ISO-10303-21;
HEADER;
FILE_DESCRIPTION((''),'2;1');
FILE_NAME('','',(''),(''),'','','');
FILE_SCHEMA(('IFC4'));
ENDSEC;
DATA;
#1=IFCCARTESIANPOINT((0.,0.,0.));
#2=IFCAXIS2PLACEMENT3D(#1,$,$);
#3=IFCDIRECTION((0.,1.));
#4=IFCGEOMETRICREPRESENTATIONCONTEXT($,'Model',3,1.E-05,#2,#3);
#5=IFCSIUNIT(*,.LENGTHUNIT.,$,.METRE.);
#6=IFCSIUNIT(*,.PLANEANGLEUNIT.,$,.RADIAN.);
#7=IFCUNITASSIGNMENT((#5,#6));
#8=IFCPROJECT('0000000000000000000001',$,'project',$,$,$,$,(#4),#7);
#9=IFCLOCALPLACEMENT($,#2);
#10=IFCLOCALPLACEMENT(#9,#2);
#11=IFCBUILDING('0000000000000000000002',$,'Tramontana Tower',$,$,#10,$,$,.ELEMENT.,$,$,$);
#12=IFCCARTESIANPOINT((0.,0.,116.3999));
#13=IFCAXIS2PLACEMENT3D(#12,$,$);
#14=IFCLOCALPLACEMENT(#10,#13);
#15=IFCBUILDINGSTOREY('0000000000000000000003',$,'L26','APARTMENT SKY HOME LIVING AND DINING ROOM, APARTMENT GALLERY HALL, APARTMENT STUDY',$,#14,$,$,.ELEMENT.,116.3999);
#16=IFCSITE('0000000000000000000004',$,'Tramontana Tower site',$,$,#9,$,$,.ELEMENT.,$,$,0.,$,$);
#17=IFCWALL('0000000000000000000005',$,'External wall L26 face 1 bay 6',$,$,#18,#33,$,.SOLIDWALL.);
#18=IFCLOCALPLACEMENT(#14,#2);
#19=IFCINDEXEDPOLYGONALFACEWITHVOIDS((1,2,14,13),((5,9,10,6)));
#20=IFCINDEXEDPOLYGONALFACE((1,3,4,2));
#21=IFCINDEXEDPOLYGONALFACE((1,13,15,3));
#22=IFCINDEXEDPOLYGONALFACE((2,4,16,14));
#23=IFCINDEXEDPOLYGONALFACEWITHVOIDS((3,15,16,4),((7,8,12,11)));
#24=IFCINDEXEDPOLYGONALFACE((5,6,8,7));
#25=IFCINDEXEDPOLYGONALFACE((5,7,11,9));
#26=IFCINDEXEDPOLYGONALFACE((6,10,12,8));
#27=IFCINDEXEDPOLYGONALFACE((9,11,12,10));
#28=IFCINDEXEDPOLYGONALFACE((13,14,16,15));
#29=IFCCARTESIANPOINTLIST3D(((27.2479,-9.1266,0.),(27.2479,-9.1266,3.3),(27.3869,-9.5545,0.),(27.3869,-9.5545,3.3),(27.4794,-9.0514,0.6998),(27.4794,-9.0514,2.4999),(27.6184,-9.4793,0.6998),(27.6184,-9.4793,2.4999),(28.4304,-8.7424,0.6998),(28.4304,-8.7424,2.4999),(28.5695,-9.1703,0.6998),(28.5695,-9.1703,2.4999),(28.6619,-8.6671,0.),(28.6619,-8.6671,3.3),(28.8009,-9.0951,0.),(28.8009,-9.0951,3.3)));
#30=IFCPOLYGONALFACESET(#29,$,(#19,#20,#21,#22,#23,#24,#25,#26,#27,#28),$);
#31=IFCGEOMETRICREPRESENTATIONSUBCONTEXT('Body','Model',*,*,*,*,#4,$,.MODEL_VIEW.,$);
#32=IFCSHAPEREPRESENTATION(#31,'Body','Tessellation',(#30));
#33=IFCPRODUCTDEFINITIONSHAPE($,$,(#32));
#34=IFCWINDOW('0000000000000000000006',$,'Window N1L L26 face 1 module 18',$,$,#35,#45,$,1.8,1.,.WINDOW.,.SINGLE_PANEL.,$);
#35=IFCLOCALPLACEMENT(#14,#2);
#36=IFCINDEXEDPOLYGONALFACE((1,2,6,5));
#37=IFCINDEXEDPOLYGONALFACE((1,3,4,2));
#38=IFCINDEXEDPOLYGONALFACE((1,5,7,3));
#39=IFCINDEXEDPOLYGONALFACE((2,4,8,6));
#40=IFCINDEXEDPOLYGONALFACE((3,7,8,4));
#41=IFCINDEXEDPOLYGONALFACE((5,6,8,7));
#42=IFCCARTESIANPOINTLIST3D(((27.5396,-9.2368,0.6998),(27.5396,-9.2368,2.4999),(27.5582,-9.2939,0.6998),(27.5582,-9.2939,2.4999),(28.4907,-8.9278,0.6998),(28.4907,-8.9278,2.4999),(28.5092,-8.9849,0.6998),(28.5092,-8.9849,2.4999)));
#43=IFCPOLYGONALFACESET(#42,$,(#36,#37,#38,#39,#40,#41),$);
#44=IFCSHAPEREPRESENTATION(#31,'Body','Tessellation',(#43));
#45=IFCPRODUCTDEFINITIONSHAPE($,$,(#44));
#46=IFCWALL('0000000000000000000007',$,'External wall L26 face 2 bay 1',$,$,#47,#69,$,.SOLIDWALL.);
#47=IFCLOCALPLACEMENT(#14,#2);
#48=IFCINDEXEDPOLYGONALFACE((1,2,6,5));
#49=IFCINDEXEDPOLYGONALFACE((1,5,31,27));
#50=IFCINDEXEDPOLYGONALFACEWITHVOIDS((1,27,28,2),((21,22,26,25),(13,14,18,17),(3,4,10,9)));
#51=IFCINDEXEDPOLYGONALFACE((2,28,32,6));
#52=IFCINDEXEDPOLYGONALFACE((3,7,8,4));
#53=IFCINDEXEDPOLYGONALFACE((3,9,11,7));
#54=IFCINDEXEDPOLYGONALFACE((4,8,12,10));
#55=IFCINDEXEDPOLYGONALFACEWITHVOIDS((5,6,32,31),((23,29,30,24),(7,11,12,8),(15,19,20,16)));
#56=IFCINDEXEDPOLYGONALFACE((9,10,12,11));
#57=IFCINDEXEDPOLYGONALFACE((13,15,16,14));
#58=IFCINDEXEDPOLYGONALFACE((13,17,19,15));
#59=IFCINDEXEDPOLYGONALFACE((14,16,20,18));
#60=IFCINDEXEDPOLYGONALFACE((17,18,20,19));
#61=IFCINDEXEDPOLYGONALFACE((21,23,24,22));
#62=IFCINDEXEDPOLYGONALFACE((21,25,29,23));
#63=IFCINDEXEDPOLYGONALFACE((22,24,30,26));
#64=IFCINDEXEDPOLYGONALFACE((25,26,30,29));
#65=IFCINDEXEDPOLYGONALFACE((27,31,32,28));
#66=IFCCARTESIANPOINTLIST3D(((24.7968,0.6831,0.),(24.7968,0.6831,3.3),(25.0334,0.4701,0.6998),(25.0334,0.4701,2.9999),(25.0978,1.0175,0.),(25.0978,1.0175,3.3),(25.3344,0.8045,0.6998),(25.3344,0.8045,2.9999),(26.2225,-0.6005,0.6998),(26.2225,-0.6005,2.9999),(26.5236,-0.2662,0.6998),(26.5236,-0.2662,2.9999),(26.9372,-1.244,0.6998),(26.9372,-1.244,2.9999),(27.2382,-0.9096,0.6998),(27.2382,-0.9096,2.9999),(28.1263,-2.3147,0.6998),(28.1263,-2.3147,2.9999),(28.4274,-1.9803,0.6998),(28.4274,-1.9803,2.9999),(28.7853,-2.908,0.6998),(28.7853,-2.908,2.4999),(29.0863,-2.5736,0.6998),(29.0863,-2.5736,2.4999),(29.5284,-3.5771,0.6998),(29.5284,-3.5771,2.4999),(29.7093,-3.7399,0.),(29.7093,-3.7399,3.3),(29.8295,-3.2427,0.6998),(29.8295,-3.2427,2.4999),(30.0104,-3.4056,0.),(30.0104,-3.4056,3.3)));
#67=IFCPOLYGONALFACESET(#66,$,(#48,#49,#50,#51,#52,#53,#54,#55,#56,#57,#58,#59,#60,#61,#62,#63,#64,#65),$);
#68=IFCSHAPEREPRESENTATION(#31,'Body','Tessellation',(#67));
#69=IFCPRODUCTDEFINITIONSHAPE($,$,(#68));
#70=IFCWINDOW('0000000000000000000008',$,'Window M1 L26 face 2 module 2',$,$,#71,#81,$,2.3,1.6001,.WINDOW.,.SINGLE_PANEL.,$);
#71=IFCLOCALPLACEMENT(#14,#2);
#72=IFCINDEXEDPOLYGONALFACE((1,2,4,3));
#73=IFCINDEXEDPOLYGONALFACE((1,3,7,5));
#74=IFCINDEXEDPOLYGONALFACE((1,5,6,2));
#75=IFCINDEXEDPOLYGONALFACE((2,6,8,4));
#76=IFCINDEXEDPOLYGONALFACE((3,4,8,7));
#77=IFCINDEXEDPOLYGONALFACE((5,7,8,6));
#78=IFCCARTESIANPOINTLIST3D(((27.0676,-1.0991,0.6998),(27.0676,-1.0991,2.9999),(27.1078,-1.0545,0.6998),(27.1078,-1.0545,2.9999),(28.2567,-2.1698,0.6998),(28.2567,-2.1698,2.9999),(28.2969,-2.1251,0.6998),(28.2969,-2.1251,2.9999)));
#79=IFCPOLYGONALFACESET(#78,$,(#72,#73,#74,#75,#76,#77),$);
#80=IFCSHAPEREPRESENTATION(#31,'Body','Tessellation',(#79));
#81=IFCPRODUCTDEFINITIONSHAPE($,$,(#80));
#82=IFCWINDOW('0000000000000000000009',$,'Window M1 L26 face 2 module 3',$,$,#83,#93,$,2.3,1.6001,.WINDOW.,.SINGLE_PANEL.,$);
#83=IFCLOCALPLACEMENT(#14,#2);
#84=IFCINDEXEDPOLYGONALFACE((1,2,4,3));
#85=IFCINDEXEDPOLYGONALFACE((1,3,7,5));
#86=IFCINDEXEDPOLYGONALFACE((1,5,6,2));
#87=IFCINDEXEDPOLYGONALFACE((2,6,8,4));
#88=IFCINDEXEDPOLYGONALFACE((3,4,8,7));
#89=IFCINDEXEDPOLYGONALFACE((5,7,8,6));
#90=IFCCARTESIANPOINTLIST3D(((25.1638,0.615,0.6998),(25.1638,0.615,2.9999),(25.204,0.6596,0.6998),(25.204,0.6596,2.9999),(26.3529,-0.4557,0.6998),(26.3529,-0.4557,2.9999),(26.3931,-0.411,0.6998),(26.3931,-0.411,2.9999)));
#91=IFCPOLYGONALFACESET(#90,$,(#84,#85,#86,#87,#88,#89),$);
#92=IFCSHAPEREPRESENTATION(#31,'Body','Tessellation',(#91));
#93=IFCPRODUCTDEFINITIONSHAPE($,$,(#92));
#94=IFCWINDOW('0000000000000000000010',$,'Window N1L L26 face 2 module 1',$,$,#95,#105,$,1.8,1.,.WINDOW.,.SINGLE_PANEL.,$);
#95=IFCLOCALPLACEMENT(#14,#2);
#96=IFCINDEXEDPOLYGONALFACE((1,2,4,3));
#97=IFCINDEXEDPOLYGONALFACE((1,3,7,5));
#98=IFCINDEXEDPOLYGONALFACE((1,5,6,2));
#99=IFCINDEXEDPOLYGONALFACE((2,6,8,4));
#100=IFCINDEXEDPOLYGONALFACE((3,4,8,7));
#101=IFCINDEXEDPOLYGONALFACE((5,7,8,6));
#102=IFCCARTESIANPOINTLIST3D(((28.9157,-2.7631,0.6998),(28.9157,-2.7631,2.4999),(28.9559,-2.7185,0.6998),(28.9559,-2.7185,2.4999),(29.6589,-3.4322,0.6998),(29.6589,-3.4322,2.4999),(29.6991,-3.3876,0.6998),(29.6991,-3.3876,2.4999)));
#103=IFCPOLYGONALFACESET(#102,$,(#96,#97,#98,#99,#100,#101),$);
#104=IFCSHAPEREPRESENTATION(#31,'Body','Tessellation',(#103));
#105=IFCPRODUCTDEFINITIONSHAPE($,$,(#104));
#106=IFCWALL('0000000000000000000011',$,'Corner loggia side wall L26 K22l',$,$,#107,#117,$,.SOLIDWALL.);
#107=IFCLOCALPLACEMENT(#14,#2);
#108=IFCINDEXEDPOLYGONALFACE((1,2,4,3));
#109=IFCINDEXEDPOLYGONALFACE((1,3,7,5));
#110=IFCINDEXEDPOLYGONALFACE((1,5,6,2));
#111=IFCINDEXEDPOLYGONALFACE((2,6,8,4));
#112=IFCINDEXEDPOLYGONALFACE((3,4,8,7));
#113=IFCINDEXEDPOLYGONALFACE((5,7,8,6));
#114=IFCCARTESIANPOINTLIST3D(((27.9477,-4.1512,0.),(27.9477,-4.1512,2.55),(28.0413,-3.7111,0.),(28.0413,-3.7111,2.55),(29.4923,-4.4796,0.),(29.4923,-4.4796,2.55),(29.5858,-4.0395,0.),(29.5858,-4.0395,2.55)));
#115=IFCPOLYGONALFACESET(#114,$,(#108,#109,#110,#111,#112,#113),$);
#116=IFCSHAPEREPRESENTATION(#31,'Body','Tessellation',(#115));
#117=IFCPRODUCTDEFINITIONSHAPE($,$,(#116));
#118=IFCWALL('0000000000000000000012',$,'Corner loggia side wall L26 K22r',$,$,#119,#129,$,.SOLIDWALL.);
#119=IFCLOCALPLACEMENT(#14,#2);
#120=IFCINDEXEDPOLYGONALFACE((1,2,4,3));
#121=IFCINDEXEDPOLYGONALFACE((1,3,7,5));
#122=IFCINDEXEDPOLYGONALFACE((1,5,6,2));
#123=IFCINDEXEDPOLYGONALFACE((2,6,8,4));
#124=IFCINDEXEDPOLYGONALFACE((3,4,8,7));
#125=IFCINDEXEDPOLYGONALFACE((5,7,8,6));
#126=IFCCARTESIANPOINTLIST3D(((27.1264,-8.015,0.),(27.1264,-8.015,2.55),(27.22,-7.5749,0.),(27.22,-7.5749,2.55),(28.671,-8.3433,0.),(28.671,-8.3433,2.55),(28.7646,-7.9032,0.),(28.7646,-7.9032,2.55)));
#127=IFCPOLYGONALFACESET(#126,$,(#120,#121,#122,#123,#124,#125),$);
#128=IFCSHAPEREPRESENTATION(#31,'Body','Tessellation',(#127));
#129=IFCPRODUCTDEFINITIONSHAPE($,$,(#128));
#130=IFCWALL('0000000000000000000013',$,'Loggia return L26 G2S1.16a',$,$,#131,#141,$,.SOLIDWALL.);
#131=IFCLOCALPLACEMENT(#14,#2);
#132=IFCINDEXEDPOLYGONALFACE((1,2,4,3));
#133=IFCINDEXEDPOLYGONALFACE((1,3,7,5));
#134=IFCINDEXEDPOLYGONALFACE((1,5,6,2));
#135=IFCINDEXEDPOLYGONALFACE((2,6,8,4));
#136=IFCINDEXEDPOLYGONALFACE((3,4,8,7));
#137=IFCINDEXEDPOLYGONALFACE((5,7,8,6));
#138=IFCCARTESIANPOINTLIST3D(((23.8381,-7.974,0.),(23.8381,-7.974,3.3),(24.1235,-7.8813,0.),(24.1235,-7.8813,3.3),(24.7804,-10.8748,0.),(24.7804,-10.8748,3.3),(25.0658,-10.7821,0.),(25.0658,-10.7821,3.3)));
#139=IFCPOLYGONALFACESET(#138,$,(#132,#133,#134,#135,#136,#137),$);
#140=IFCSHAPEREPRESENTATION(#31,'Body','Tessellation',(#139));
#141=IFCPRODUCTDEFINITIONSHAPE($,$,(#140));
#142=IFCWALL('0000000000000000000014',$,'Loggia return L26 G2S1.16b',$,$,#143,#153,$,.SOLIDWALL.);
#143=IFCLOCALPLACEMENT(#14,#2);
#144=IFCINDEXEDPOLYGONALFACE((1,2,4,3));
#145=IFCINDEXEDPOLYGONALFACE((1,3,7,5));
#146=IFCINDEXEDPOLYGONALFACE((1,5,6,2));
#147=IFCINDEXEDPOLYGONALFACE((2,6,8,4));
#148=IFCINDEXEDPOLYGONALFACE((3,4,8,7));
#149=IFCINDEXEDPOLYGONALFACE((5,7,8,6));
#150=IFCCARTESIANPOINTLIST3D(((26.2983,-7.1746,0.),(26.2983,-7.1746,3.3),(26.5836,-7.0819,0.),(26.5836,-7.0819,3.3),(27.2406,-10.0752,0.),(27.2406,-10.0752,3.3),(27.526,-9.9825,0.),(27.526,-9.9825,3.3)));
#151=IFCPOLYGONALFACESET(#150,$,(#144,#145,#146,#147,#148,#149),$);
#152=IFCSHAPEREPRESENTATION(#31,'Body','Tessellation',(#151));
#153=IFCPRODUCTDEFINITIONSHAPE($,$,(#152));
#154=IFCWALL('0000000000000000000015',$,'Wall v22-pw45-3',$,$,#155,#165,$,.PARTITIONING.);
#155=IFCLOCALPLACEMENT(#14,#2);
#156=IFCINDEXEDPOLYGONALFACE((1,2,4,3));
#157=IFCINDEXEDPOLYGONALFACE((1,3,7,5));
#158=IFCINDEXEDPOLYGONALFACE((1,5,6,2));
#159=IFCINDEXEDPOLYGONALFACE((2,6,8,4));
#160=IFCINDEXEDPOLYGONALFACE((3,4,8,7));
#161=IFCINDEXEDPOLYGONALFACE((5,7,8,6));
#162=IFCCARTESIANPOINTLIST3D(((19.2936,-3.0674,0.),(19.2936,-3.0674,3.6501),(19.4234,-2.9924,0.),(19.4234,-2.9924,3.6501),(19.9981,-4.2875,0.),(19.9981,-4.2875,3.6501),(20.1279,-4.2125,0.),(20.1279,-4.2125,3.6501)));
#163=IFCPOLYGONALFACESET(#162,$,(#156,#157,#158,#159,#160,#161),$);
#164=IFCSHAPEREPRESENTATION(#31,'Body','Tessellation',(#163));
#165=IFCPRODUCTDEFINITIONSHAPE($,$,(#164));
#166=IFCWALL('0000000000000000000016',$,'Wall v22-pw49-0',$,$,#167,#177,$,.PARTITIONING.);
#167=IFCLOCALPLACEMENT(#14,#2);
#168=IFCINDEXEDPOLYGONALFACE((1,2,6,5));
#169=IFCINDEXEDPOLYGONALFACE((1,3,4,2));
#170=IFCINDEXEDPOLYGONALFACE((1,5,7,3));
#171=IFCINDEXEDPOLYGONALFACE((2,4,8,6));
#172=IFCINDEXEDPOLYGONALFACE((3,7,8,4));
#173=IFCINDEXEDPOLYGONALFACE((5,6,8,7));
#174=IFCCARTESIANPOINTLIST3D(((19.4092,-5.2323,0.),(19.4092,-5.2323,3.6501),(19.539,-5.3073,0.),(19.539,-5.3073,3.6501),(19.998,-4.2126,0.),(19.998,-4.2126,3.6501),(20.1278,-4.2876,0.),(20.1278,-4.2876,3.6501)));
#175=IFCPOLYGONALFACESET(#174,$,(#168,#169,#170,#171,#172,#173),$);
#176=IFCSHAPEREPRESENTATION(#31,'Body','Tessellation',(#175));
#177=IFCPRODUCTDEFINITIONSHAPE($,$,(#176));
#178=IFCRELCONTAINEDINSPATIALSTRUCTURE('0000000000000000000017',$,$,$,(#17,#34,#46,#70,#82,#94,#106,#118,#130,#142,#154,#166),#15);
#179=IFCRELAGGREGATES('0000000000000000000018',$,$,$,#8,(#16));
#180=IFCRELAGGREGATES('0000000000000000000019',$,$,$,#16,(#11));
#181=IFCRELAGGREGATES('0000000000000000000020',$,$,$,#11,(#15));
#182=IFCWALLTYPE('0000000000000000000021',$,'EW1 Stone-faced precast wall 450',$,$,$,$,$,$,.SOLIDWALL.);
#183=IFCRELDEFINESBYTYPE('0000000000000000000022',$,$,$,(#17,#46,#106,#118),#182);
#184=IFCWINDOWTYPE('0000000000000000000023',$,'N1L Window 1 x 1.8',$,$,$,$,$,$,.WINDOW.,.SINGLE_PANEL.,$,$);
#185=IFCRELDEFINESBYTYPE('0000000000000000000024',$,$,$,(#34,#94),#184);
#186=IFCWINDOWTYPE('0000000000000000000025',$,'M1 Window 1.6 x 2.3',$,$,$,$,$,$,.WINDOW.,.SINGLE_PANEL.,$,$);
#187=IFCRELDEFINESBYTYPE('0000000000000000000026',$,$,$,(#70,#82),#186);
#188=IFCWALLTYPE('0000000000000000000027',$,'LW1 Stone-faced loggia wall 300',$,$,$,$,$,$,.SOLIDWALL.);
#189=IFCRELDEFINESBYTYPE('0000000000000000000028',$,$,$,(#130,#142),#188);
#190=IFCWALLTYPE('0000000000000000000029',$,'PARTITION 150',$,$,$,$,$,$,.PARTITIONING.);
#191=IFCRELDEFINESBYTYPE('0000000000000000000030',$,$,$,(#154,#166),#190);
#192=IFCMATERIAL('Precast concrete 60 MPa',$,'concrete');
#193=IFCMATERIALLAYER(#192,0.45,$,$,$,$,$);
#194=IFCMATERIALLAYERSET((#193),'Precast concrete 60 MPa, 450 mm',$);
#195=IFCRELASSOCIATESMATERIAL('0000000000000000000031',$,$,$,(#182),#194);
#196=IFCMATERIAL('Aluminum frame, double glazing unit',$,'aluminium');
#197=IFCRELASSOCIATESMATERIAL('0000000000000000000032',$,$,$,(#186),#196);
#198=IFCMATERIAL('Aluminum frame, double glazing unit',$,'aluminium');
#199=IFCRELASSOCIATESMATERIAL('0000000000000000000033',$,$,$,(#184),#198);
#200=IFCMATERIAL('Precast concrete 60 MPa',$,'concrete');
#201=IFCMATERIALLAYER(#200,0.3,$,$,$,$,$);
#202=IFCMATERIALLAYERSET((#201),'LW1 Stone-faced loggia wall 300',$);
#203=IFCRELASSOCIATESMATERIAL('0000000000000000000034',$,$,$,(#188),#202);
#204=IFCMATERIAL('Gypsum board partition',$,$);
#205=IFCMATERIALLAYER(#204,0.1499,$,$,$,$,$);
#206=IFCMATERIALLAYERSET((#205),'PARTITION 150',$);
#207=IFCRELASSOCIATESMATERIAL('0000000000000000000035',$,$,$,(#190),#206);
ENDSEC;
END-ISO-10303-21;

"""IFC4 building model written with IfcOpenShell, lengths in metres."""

from ifc_helpers import new_model, si_unit, direction, frame, frame_2d, origin, place, context, subcontext, project, spatial, rectangle, extrude, material, layer, layer_set, type_object, element, fill, save


model = new_model("IFC4")

# Units and contexts
model_context = context("Model", 3, precision=1e-05, world=origin(), true_north=direction((0.0, 1.0)))
body_context = subcontext(model_context, "Body", "Model", "MODEL_VIEW")
ifc_project = project(units=[si_unit("LENGTHUNIT", "METRE"), si_unit("PLANEANGLEUNIT", "RADIAN")], contexts=[model_context])

# Site, building, storey
site_placement = place(None, origin())
site = spatial("IfcSite", under=ifc_project, at=site_placement, Name="Tramontana Tower site", CompositionType="ELEMENT", RefElevation=0.0)
building_placement = place(site_placement, origin())
building = spatial("IfcBuilding", under=site, at=building_placement, Name="Tramontana Tower", CompositionType="ELEMENT")
storey_placement = place(building_placement, frame((0.0, 0.0, 116.3999)))
storey = spatial("IfcBuildingStorey", under=building, at=storey_placement, Name="L26", Description="APARTMENT SKY HOME LIVING AND DINING ROOM, APARTMENT GALLERY HALL, APARTMENT STUDY", CompositionType="ELEMENT", Elevation=116.3999)

# Wall, opening, window
ifc_material_1 = material(Name="Precast concrete 60 MPa", Category="concrete")
ifc_layer_1 = layer(ifc_material_1, 0.45)
ifc_layer_set_1 = layer_set([ifc_layer_1], Name="Precast concrete 60 MPa, 450 mm")
wall_type_1 = type_object("IfcWallType", Name="EW1 Stone-faced precast wall 450", PredefinedType="SOLIDWALL", material=ifc_layer_set_1)
ifc_material_2 = material(Name="Aluminum frame, double glazing unit", Category="aluminium")
window_type_1 = type_object("IfcWindowType", Name="M1 Window 1.6 x 2.3", PartitioningType="SINGLE_PANEL", PredefinedType="WINDOW", material=ifc_material_2)
wall_1_placement = place(storey_placement, frame((27.3174, -9.3406, 0.0), z_axis=(0.0, 0.0, 1.0), x_axis=(0.951053, 0.309027, 0.0)))
wall_1 = element("IfcWall", 1, at=wall_1_placement, inside=storey, type_object=wall_type_1, Name="External wall L26 face 1 bay 6", PredefinedType="SOLIDWALL", context=body_context, shape_type="SweptSolid", body=[
    extrude(rectangle(XDim=1.4868, YDim=0.45, at=frame_2d((0.7434, 0.0))), origin(), (0.0, 0.0, 1.0), 3.3),
])
opening_1_placement = place(wall_1_placement, frame((0.2434, 0.0, 0.7)))
opening_1 = element("IfcOpeningElement", 2, at=opening_1_placement, cuts=wall_1, PredefinedType="OPENING", context=body_context, shape_type="SweptSolid", body=[
    extrude(rectangle(XDim=1.0, YDim=1.8, at=frame_2d((0.5, 0.8999))), frame((0.0, 0.2349, 0.0), z_axis=(0.0, -1.0, 0.0), x_axis=(1.0, 0.0, 0.0)), (0.0, 0.0, 1.0), 0.47),
])
ifc_material_3 = material(Name="Aluminum frame, double glazing unit", Category="aluminium")
window_type_2 = type_object("IfcWindowType", Name="N1L Window 1 x 1.8", PartitioningType="SINGLE_PANEL", PredefinedType="WINDOW", material=ifc_material_3)
window_1_placement = place(opening_1_placement, origin())
window_1 = element("IfcWindow", 3, at=window_1_placement, inside=storey, type_object=window_type_2, Name="Window N1L L26 face 1 module 18", OverallHeight=1.8, OverallWidth=1.0, PartitioningType="SINGLE_PANEL", PredefinedType="WINDOW", context=body_context, shape_type="SweptSolid", body=[
    extrude(rectangle(XDim=1.0, YDim=1.8, at=frame_2d((0.5, 0.8999))), frame((0.0, 0.03, 0.0), z_axis=(0.0, -1.0, 0.0), x_axis=(1.0, 0.0, 0.0)), (0.0, 0.0, 1.0), 0.0601),
])
fill(opening_1, window_1)

# Wall, openings, windows
wall_2_placement = place(storey_placement, frame((29.8599, -3.5728, 0.0), z_axis=(0.0, 0.0, 1.0), x_axis=(-0.743162, 0.669112, 0.0)))
wall_2 = element("IfcWall", 4, at=wall_2_placement, inside=storey, type_object=wall_type_1, Name="External wall L26 face 2 bay 1", PredefinedType="SOLIDWALL", context=body_context, shape_type="SweptSolid", body=[
    extrude(rectangle(XDim=6.6104, YDim=0.45, at=frame_2d((3.3052, 0.0))), origin(), (0.0, 0.0, 1.0), 3.3),
])
opening_2_placement = place(wall_2_placement, frame((0.2434, 0.0, 0.7)))
opening_2 = element("IfcOpeningElement", 5, at=opening_2_placement, cuts=wall_2, PredefinedType="OPENING", context=body_context, shape_type="SweptSolid", body=[
    extrude(rectangle(XDim=1.0, YDim=1.8, at=frame_2d((0.5, 0.8999))), frame((0.0, 0.2349, 0.0), z_axis=(0.0, -1.0, 0.0), x_axis=(1.0, 0.0, 0.0)), (0.0, 0.0, 1.0), 0.47),
])
opening_3_placement = place(wall_2_placement, frame((2.1301, 0.0, 0.7)))
opening_3 = element("IfcOpeningElement", 6, at=opening_3_placement, cuts=wall_2, PredefinedType="OPENING", context=body_context, shape_type="SweptSolid", body=[
    extrude(rectangle(XDim=1.6001, YDim=2.3, at=frame_2d((0.8, 1.1499))), frame((0.0, 0.2349, 0.0), z_axis=(0.0, -1.0, 0.0), x_axis=(1.0, 0.0, 0.0)), (0.0, 0.0, 1.0), 0.47),
])
opening_4_placement = place(wall_2_placement, frame((4.6919, 0.0, 0.7)))
opening_4 = element("IfcOpeningElement", 7, at=opening_4_placement, cuts=wall_2, PredefinedType="OPENING", context=body_context, shape_type="SweptSolid", body=[
    extrude(rectangle(XDim=1.6001, YDim=2.3, at=frame_2d((0.8, 1.1499))), frame((0.0, 0.2349, 0.0), z_axis=(0.0, -1.0, 0.0), x_axis=(1.0, 0.0, 0.0)), (0.0, 0.0, 1.0), 0.47),
])
window_2_placement = place(opening_3_placement, origin())
window_2 = element("IfcWindow", 8, at=window_2_placement, inside=storey, type_object=window_type_1, Name="Window M1 L26 face 2 module 2", OverallHeight=2.3, OverallWidth=1.6001, PartitioningType="SINGLE_PANEL", PredefinedType="WINDOW", context=body_context, shape_type="SweptSolid", body=[
    extrude(rectangle(XDim=1.6001, YDim=2.3, at=frame_2d((0.8, 1.1499))), frame((0.0, 0.03, 0.0), z_axis=(0.0, -1.0, 0.0), x_axis=(1.0, 0.0, 0.0)), (0.0, 0.0, 1.0), 0.0601),
])
fill(opening_3, window_2)
window_3_placement = place(opening_4_placement, origin())
window_3 = element("IfcWindow", 9, at=window_3_placement, inside=storey, type_object=window_type_1, Name="Window M1 L26 face 2 module 3", OverallHeight=2.3, OverallWidth=1.6001, PartitioningType="SINGLE_PANEL", PredefinedType="WINDOW", context=body_context, shape_type="SweptSolid", body=[
    extrude(rectangle(XDim=1.6001, YDim=2.3, at=frame_2d((0.8, 1.1499))), frame((0.0, 0.03, 0.0), z_axis=(0.0, -1.0, 0.0), x_axis=(1.0, 0.0, 0.0)), (0.0, 0.0, 1.0), 0.0601),
])
fill(opening_4, window_3)
window_4_placement = place(opening_2_placement, origin())
window_4 = element("IfcWindow", 10, at=window_4_placement, inside=storey, type_object=window_type_2, Name="Window N1L L26 face 2 module 1", OverallHeight=1.8, OverallWidth=1.0, PartitioningType="SINGLE_PANEL", PredefinedType="WINDOW", context=body_context, shape_type="SweptSolid", body=[
    extrude(rectangle(XDim=1.0, YDim=1.8, at=frame_2d((0.5, 0.8999))), frame((0.0, 0.03, 0.0), z_axis=(0.0, -1.0, 0.0), x_axis=(1.0, 0.0, 0.0)), (0.0, 0.0, 1.0), 0.0601),
])
fill(opening_2, window_4)

# Walls
for number, where, z_axis, x_axis, name in (
    (11, (29.5391, -4.2595, 0.0), (0.0, 0.0, 1.0), (-0.978143, 0.207935, 0.0), "Corner loggia side wall L26 K22l"),
    (12, (28.7178, -8.1233, 0.0), (0.0, 0.0, 1.0), (-0.978143, 0.207935, 0.0), "Corner loggia side wall L26 K22r"),
):
    element("IfcWall", number, at=place(storey_placement, frame(where, z_axis=z_axis, x_axis=x_axis)), inside=storey, type_object=wall_type_1, Name=name, PredefinedType="SOLIDWALL", context=body_context, shape_type="SweptSolid", body=[
        extrude(rectangle(XDim=1.5791, YDim=0.45, at=frame_2d((0.7896, 0.0))), origin(), (0.0, 0.0, 1.0), 2.55),
    ])

# Shared definitions
ifc_material_4 = material(Name="Precast concrete 60 MPa", Category="concrete")
ifc_layer_2 = layer(ifc_material_4, 0.3)
ifc_layer_set_2 = layer_set([ifc_layer_2], Name="LW1 Stone-faced loggia wall 300")
wall_type_2 = type_object("IfcWallType", Name="LW1 Stone-faced loggia wall 300", PredefinedType="SOLIDWALL", material=ifc_layer_set_2)

# Walls
wall_3_placement = place(storey_placement, frame((24.9231, -10.8284, 0.0), z_axis=(0.0, 0.0, 1.0), x_axis=(-0.308967, 0.951073, 0.0)))
element("IfcWall", 13, at=wall_3_placement, inside=storey, type_object=wall_type_2, Name="Loggia return L26 G2S1.16a", PredefinedType="SOLIDWALL", context=body_context, shape_type="SweptSolid", body=[
    extrude(rectangle(XDim=3.05, YDim=0.3, at=frame_2d((1.5249, 0.0))), origin(), (0.0, 0.0, 1.0), 3.3),
])
wall_4_placement = place(storey_placement, frame((27.3833, -10.0288, 0.0), z_axis=(0.0, 0.0, 1.0), x_axis=(-0.30899, 0.951065, 0.0)))
element("IfcWall", 14, at=wall_4_placement, inside=storey, type_object=wall_type_2, Name="Loggia return L26 G2S1.16b", PredefinedType="SOLIDWALL", context=body_context, shape_type="SweptSolid", body=[
    extrude(rectangle(XDim=3.0498, YDim=0.3, at=frame_2d((1.5249, 0.0))), origin(), (0.0, 0.0, 1.0), 3.3),
])
ifc_material_5 = material(Name="Gypsum board partition")
ifc_layer_3 = layer(ifc_material_5, 0.1499)
ifc_layer_set_3 = layer_set([ifc_layer_3], Name="PARTITION 150")
wall_type_3 = type_object("IfcWallType", Name="PARTITION 150", PredefinedType="PARTITIONING", material=ifc_layer_set_3)
wall_5_placement = place(storey_placement, frame((19.3584, -3.0298, 0.0), z_axis=(0.0, 0.0, 1.0), x_axis=(0.500052, -0.865995, 0.0)))
element("IfcWall", 15, at=wall_5_placement, inside=storey, type_object=wall_type_3, Name="Wall v22-pw45-3", PredefinedType="PARTITIONING", context=body_context, shape_type="SweptSolid", body=[
    extrude(rectangle(XDim=1.4089, YDim=0.1499, at=frame_2d((0.7046, 0.0))), origin(), (0.0, 0.0, 1.0), 3.6501),
])
wall_6_placement = place(storey_placement, frame((20.063, -4.25, 0.0), z_axis=(0.0, 0.0, 1.0), x_axis=(-0.500063, -0.865989, 0.0)))
element("IfcWall", 16, at=wall_6_placement, inside=storey, type_object=wall_type_3, Name="Wall v22-pw49-0", PredefinedType="PARTITIONING", context=body_context, shape_type="SweptSolid", body=[
    extrude(rectangle(XDim=1.1775, YDim=0.1499, at=frame_2d((0.5889, 0.0))), origin(), (0.0, 0.0, 1.0), 3.6501),
])

save(model, "model.ifc")
